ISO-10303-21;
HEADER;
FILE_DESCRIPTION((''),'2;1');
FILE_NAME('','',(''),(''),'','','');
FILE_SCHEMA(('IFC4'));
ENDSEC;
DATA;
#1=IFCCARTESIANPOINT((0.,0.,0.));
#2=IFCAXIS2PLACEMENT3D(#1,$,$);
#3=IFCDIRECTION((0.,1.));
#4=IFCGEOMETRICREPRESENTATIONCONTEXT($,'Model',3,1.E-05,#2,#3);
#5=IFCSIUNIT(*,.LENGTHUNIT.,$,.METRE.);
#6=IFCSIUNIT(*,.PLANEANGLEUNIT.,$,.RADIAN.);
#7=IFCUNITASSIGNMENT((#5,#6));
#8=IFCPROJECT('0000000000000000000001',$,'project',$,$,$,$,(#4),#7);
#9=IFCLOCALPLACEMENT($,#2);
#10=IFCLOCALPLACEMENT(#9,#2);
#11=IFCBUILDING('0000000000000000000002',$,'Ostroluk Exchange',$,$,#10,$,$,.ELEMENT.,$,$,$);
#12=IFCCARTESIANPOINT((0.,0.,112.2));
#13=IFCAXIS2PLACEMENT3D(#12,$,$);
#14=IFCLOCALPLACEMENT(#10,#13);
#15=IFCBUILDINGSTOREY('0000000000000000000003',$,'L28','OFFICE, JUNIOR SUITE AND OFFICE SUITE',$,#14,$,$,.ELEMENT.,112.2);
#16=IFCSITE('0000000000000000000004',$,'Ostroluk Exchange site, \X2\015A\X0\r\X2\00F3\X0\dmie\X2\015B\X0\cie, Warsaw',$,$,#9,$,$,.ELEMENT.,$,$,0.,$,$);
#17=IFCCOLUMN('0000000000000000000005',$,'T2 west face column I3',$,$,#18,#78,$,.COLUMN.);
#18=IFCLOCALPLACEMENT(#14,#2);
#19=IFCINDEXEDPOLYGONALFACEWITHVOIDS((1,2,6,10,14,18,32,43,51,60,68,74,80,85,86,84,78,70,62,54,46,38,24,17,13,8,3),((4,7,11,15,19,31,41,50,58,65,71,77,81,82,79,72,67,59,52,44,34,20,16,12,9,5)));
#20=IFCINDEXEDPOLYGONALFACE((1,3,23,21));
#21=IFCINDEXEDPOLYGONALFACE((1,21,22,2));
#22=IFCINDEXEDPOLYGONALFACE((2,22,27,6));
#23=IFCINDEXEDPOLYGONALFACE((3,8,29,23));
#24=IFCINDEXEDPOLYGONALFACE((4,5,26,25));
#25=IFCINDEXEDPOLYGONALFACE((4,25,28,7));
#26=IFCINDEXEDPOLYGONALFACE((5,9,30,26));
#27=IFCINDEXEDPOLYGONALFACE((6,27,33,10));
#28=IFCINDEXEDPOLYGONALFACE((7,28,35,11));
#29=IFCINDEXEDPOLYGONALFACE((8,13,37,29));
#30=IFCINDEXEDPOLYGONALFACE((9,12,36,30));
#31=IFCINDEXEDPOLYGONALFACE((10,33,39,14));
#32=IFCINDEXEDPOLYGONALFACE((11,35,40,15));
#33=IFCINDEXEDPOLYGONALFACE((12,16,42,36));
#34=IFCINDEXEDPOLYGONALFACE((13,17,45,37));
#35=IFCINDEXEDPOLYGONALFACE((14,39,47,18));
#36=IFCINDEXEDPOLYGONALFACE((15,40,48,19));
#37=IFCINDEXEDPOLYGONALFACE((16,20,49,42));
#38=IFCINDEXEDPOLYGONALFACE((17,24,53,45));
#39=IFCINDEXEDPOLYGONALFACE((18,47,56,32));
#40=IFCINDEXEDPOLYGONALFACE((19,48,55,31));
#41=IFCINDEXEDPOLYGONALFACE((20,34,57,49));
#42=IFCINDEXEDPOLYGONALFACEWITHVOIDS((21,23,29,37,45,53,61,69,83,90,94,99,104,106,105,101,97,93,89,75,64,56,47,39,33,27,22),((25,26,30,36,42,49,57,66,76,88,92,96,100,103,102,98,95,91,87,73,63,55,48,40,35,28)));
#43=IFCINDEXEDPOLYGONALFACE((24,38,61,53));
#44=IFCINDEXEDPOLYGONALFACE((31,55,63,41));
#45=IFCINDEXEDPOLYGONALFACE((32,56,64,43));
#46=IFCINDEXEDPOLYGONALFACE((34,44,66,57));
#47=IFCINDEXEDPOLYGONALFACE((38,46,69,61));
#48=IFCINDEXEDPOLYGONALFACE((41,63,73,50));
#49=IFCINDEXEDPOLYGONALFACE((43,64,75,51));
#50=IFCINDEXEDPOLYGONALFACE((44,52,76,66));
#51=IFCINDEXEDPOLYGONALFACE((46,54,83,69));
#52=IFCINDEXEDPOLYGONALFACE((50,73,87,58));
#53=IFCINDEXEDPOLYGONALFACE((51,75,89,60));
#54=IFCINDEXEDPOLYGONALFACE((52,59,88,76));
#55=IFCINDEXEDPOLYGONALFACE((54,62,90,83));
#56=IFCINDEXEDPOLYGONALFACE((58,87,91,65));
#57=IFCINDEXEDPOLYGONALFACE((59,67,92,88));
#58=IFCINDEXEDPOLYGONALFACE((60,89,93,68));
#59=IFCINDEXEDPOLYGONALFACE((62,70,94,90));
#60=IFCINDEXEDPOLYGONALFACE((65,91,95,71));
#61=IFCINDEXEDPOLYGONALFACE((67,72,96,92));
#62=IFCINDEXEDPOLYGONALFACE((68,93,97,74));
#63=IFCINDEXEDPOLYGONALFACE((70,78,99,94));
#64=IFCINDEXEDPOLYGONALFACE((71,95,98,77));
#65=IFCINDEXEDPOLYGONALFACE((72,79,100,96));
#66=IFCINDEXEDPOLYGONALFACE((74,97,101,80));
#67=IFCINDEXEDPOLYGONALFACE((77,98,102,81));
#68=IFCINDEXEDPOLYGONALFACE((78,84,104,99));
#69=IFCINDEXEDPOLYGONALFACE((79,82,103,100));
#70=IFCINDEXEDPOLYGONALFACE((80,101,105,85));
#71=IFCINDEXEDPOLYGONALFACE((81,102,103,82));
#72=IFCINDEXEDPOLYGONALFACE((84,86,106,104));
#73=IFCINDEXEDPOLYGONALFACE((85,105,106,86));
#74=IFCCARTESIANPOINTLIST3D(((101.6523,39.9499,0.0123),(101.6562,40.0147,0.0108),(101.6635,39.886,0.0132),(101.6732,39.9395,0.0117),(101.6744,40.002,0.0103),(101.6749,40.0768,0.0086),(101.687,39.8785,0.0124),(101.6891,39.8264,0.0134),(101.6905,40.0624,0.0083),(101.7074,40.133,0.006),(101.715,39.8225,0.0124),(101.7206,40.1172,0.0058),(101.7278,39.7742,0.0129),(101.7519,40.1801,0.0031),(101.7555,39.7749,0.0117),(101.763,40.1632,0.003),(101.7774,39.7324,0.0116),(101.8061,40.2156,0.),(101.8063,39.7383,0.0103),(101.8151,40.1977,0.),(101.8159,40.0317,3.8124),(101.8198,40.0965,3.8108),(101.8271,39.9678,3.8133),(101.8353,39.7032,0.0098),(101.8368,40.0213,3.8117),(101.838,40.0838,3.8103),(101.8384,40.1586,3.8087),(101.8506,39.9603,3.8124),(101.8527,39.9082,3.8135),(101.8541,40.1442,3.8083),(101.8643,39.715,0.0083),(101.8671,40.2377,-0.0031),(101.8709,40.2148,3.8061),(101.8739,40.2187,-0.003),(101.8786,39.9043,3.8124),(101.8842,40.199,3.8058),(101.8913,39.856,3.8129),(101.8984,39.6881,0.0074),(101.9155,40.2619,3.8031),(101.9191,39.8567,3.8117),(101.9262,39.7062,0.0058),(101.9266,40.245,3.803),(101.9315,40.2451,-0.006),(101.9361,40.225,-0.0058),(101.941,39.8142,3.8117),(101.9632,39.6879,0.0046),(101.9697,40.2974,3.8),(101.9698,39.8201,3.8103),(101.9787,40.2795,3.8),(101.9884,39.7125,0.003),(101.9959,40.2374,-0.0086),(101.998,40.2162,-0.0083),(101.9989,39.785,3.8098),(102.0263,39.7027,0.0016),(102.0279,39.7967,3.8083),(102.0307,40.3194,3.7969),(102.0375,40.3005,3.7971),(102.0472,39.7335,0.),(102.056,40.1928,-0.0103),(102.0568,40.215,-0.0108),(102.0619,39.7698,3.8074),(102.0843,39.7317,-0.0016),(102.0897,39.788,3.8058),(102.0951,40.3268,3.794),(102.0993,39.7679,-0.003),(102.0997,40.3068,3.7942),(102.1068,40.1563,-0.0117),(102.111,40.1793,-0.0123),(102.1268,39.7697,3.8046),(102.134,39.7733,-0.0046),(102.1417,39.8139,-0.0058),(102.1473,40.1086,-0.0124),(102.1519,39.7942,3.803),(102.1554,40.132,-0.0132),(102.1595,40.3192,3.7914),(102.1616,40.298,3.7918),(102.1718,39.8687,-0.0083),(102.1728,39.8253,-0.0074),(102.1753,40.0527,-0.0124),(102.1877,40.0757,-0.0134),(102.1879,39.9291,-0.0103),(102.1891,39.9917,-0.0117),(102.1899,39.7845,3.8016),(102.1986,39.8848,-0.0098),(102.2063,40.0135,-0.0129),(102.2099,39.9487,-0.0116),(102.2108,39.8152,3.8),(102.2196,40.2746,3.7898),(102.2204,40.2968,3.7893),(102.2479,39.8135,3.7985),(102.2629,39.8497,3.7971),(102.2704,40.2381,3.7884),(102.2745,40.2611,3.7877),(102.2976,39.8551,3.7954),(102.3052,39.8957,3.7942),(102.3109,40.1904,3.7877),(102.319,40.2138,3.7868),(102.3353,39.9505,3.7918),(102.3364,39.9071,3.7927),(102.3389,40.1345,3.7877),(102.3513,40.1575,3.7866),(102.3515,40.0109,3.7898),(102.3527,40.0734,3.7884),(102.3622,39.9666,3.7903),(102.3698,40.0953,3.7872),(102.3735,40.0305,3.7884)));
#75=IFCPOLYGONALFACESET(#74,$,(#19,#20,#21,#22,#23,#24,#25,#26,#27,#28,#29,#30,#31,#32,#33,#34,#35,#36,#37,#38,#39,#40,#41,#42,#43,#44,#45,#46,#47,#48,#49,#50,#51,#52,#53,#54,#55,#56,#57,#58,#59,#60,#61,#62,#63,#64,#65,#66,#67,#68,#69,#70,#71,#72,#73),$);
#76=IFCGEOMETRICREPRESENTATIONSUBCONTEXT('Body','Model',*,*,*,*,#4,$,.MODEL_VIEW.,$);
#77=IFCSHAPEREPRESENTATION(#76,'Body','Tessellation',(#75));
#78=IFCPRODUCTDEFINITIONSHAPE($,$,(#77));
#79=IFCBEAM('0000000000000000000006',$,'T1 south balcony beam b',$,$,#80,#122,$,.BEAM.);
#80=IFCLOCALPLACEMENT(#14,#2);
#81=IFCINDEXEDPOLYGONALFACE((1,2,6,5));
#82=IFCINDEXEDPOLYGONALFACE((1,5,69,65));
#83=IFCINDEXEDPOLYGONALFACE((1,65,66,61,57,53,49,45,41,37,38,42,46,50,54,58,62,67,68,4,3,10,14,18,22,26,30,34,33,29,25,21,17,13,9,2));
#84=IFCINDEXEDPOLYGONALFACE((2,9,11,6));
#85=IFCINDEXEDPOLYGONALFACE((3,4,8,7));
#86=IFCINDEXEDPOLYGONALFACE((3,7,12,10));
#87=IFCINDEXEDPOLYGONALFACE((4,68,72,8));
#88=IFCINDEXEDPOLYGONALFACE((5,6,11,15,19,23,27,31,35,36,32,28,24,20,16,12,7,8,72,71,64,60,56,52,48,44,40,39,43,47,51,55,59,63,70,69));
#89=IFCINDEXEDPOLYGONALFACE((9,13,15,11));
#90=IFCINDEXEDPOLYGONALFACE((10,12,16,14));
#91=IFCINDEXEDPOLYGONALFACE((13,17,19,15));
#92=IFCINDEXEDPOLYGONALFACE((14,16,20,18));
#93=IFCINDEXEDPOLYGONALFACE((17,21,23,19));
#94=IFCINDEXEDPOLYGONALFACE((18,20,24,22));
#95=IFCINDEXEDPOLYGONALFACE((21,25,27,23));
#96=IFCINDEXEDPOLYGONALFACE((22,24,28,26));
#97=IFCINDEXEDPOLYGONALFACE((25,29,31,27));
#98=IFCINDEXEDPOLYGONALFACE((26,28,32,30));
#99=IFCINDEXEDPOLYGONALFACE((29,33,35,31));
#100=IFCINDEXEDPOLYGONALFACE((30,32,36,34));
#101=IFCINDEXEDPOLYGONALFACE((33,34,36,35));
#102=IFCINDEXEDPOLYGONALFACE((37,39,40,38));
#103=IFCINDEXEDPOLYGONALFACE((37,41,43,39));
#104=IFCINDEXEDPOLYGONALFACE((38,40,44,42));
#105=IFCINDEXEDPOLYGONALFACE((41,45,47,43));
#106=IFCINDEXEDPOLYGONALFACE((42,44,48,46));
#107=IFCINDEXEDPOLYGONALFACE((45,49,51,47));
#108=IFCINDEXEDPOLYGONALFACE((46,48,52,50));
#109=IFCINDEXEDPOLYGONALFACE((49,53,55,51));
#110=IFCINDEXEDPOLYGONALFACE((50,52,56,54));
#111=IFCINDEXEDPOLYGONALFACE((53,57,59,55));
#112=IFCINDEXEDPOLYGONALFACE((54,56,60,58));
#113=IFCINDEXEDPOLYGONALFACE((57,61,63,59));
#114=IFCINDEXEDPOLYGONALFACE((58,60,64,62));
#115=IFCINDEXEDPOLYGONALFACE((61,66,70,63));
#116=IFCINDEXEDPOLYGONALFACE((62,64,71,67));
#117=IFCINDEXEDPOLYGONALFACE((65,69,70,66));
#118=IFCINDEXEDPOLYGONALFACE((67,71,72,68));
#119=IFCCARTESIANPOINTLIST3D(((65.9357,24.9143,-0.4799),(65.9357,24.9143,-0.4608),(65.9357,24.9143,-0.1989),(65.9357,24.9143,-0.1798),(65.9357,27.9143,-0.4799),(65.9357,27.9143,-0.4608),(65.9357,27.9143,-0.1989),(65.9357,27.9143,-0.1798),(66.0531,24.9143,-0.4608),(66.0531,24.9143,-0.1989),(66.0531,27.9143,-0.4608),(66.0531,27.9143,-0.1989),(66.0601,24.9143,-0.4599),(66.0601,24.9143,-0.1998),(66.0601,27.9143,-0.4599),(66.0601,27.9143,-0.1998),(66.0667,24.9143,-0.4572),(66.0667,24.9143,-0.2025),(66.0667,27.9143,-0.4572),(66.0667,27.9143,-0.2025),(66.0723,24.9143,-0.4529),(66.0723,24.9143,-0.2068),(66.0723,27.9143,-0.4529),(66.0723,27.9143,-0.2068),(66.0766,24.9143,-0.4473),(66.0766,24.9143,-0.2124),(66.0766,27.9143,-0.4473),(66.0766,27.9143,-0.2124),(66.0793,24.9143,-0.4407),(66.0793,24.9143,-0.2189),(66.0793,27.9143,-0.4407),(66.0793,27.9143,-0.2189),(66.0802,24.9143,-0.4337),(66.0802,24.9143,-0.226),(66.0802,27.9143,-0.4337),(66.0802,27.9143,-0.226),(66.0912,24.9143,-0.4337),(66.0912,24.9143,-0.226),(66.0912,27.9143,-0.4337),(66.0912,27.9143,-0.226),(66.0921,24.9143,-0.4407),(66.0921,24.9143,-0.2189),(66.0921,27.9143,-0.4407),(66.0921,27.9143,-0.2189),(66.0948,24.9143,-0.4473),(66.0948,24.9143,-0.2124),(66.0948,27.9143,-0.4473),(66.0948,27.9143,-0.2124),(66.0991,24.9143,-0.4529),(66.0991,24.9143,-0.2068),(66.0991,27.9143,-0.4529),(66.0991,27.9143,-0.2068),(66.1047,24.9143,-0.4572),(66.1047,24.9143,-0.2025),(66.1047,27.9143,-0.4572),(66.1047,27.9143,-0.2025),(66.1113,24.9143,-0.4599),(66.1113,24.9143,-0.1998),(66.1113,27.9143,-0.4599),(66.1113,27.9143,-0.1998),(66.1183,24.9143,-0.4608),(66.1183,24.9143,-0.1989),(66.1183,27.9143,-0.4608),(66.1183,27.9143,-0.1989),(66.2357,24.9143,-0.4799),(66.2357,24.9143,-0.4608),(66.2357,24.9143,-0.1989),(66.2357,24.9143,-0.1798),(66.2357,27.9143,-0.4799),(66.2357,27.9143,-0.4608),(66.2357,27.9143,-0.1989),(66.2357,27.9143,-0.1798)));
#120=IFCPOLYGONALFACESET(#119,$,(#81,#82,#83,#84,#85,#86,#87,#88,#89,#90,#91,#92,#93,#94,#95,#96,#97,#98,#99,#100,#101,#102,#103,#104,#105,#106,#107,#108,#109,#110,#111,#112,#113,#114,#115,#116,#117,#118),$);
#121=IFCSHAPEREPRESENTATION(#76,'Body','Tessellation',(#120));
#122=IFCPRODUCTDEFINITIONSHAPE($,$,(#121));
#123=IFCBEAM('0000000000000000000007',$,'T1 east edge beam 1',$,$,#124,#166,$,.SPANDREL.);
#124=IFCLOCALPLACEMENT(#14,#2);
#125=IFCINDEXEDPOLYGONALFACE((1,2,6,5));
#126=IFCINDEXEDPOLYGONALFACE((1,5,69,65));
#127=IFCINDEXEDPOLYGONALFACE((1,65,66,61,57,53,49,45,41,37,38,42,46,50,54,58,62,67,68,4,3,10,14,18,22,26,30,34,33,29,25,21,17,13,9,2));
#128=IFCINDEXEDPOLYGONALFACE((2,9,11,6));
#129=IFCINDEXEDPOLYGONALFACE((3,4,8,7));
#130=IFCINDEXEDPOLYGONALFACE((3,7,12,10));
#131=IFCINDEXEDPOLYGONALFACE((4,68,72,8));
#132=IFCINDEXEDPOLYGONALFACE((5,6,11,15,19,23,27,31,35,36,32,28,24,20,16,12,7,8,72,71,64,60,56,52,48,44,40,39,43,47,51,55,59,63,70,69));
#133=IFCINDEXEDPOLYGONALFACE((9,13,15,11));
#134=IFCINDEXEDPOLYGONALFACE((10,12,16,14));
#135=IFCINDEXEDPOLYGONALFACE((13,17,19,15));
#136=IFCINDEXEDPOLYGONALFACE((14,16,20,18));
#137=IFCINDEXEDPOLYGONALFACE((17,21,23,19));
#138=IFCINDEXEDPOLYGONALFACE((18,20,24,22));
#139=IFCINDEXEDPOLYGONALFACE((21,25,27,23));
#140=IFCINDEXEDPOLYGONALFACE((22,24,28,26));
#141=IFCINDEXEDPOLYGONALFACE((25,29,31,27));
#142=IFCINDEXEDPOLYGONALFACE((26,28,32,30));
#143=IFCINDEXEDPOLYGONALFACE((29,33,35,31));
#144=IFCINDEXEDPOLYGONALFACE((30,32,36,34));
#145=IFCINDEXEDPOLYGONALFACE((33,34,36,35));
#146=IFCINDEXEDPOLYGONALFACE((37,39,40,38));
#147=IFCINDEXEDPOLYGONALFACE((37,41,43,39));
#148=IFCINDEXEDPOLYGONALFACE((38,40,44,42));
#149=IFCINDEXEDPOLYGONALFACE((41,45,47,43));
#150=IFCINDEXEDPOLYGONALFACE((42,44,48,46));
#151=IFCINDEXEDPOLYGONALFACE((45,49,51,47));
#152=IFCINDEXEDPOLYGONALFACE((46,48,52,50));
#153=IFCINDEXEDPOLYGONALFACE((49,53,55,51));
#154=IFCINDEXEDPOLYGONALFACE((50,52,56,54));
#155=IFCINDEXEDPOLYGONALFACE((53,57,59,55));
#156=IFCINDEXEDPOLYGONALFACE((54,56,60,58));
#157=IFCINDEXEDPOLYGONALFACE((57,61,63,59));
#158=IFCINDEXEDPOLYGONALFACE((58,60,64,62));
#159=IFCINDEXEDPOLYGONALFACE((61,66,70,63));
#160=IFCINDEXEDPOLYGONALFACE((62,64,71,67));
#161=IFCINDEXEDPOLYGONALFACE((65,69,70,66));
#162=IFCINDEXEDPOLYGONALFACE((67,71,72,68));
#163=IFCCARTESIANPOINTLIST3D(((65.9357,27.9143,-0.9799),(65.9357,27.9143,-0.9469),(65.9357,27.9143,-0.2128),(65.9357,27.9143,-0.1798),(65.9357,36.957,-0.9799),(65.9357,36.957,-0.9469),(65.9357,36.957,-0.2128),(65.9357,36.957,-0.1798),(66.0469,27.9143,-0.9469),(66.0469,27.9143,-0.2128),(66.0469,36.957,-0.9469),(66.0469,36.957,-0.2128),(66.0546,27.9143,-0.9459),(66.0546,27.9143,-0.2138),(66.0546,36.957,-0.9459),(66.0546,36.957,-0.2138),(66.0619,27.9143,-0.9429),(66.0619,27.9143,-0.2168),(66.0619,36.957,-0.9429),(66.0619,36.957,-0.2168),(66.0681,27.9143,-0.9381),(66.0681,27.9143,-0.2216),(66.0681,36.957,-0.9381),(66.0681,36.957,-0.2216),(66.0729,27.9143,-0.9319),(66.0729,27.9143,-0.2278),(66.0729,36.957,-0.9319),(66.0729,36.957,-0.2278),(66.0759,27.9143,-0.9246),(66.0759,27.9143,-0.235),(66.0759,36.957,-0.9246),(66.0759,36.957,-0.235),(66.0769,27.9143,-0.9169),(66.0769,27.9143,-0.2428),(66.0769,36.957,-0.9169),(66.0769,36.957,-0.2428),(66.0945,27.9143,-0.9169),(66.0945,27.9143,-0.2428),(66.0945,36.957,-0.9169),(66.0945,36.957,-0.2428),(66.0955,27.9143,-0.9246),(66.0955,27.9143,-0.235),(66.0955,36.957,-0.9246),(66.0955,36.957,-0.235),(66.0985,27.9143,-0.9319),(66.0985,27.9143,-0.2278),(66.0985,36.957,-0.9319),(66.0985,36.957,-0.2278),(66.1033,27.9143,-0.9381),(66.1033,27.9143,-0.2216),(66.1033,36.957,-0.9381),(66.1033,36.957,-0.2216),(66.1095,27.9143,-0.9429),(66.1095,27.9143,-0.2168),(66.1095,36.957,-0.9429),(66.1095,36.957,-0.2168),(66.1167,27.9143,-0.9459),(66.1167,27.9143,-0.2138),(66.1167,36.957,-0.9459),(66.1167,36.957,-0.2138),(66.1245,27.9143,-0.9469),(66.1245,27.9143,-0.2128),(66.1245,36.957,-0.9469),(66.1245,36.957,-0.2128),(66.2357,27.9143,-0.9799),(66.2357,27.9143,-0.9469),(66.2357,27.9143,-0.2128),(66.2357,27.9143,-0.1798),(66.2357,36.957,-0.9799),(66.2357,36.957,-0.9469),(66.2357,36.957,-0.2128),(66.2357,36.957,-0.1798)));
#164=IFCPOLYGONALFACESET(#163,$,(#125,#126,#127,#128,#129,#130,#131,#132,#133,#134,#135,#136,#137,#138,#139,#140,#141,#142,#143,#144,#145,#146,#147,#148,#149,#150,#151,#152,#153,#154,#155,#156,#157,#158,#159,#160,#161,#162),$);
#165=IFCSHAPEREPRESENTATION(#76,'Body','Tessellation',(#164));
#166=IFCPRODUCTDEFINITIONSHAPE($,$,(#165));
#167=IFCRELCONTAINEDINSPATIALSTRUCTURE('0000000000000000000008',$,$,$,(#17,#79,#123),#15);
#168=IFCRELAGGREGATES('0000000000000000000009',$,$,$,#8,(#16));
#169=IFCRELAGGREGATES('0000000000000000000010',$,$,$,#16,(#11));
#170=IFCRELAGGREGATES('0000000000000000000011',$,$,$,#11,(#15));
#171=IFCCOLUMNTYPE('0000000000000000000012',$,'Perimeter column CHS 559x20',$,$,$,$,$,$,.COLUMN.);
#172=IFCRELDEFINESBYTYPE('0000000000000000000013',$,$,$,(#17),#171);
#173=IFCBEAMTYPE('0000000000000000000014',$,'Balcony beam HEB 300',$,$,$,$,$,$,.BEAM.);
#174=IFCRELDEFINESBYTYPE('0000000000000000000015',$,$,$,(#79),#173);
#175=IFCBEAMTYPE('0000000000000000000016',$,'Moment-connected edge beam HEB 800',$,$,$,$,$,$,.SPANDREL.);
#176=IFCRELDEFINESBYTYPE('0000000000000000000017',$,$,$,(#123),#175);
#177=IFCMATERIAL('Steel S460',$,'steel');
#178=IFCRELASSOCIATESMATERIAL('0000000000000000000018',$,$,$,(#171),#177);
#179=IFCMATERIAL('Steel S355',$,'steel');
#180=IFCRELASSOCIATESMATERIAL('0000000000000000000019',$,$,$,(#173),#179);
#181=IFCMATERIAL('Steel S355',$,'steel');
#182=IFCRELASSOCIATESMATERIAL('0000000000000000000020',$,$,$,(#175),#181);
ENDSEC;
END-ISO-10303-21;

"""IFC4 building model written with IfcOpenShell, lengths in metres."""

from ifc_helpers import new_model, si_unit, direction, frame, origin, origin_2d, place, context, subcontext, project, spatial, hollow_circle, i_section, extrude, material, material_profile, profile_set, type_object, element, save


model = new_model("IFC4")

# Units and contexts
model_context = context("Model", 3, precision=1e-05, world=origin(), true_north=direction((0.0, 1.0)))
body_context = subcontext(model_context, "Body", "Model", "MODEL_VIEW")
ifc_project = project(units=[si_unit("LENGTHUNIT", "METRE"), si_unit("PLANEANGLEUNIT", "RADIAN")], contexts=[model_context])

# Site, building, storey
site_placement = place(None, origin())
site = spatial("IfcSite", under=ifc_project, at=site_placement, Name="Ostroluk Exchange site, Śródmieście, Warsaw", CompositionType="ELEMENT", RefElevation=0.0)
building_placement = place(site_placement, origin())
building = spatial("IfcBuilding", under=site, at=building_placement, Name="Ostroluk Exchange", CompositionType="ELEMENT")
storey_placement = place(building_placement, frame((0.0, 0.0, 112.2)))
storey = spatial("IfcBuildingStorey", under=building, at=storey_placement, Name="L28", Description="OFFICE, JUNIOR SUITE AND OFFICE SUITE", CompositionType="ELEMENT", Elevation=112.2)

# Column
ifc_material_1 = material(Name="Steel S460", Category="steel")
ifc_material_profile_1 = material_profile(ifc_material_1, hollow_circle(Radius=0.2795, WallThickness=0.02, at=origin_2d()), Name="CHS 559x20")
ifc_profile_set_1 = profile_set([ifc_material_profile_1], Name="Steel S460")
column_type_1 = type_object("IfcColumnType", Name="Perimeter column CHS 559x20", PredefinedType="COLUMN", material=ifc_profile_set_1)
column_1_placement = place(storey_placement, frame((101.9312, 39.9656, 0.0), z_axis=(0.042996, 0.021498, 0.998844), x_axis=(-0.447214, 0.894427, 0.0)))
element("IfcColumn", 1, at=column_1_placement, inside=storey, type_object=column_type_1, Name="T2 west face column I3", PredefinedType="COLUMN", context=body_context, shape_type="SweptSolid", body=[
    extrude(hollow_circle(Radius=0.2795, WallThickness=0.02, at=origin_2d()), origin(), (0.0, 0.0, 1.0), 3.8044),
])

# Beams
ifc_material_2 = material(Name="Steel S355", Category="steel")
ifc_material_profile_2 = material_profile(ifc_material_2, i_section(OverallWidth=0.3, OverallDepth=0.3, WebThickness=0.011, FlangeThickness=0.019, FilletRadius=0.0271, at=origin_2d()), Name="HEB 300")
ifc_profile_set_2 = profile_set([ifc_material_profile_2], Name="Steel S355")
beam_type_1 = type_object("IfcBeamType", Name="Balcony beam HEB 300", PredefinedType="BEAM", material=ifc_profile_set_2)
beam_1_placement = place(storey_placement, frame((66.0857, 27.9143, -0.3298), z_axis=(0.0, -1.0, 0.0), x_axis=(1.0, 0.0, 0.0)))
element("IfcBeam", 2, at=beam_1_placement, inside=storey, type_object=beam_type_1, Name="T1 south balcony beam b", PredefinedType="BEAM", context=body_context, shape_type="SweptSolid", body=[
    extrude(i_section(OverallWidth=0.3, OverallDepth=0.3, WebThickness=0.011, FlangeThickness=0.019, FilletRadius=0.0271, at=origin_2d()), origin(), (0.0, 0.0, 1.0), 3.0),
])
ifc_material_3 = material(Name="Steel S355", Category="steel")
ifc_material_profile_3 = material_profile(ifc_material_3, i_section(OverallWidth=0.3, OverallDepth=0.8, WebThickness=0.0176, FlangeThickness=0.033, FilletRadius=0.03, at=origin_2d()), Name="HEB 800")
ifc_profile_set_3 = profile_set([ifc_material_profile_3], Name="Steel S355")
beam_type_2 = type_object("IfcBeamType", Name="Moment-connected edge beam HEB 800", PredefinedType="SPANDREL", material=ifc_profile_set_3)
beam_2_placement = place(storey_placement, frame((66.0857, 27.9143, -0.5798), z_axis=(0.0, 1.0, 0.0), x_axis=(-1.0, 0.0, 0.0)))
element("IfcBeam", 3, at=beam_2_placement, inside=storey, type_object=beam_type_2, Name="T1 east edge beam 1", PredefinedType="SPANDREL", context=body_context, shape_type="SweptSolid", body=[
    extrude(i_section(OverallWidth=0.3, OverallDepth=0.8, WebThickness=0.0176, FlangeThickness=0.033, FilletRadius=0.03, at=origin_2d()), origin(), (0.0, 0.0, 1.0), 9.0427),
])

save(model, "model.ifc")
